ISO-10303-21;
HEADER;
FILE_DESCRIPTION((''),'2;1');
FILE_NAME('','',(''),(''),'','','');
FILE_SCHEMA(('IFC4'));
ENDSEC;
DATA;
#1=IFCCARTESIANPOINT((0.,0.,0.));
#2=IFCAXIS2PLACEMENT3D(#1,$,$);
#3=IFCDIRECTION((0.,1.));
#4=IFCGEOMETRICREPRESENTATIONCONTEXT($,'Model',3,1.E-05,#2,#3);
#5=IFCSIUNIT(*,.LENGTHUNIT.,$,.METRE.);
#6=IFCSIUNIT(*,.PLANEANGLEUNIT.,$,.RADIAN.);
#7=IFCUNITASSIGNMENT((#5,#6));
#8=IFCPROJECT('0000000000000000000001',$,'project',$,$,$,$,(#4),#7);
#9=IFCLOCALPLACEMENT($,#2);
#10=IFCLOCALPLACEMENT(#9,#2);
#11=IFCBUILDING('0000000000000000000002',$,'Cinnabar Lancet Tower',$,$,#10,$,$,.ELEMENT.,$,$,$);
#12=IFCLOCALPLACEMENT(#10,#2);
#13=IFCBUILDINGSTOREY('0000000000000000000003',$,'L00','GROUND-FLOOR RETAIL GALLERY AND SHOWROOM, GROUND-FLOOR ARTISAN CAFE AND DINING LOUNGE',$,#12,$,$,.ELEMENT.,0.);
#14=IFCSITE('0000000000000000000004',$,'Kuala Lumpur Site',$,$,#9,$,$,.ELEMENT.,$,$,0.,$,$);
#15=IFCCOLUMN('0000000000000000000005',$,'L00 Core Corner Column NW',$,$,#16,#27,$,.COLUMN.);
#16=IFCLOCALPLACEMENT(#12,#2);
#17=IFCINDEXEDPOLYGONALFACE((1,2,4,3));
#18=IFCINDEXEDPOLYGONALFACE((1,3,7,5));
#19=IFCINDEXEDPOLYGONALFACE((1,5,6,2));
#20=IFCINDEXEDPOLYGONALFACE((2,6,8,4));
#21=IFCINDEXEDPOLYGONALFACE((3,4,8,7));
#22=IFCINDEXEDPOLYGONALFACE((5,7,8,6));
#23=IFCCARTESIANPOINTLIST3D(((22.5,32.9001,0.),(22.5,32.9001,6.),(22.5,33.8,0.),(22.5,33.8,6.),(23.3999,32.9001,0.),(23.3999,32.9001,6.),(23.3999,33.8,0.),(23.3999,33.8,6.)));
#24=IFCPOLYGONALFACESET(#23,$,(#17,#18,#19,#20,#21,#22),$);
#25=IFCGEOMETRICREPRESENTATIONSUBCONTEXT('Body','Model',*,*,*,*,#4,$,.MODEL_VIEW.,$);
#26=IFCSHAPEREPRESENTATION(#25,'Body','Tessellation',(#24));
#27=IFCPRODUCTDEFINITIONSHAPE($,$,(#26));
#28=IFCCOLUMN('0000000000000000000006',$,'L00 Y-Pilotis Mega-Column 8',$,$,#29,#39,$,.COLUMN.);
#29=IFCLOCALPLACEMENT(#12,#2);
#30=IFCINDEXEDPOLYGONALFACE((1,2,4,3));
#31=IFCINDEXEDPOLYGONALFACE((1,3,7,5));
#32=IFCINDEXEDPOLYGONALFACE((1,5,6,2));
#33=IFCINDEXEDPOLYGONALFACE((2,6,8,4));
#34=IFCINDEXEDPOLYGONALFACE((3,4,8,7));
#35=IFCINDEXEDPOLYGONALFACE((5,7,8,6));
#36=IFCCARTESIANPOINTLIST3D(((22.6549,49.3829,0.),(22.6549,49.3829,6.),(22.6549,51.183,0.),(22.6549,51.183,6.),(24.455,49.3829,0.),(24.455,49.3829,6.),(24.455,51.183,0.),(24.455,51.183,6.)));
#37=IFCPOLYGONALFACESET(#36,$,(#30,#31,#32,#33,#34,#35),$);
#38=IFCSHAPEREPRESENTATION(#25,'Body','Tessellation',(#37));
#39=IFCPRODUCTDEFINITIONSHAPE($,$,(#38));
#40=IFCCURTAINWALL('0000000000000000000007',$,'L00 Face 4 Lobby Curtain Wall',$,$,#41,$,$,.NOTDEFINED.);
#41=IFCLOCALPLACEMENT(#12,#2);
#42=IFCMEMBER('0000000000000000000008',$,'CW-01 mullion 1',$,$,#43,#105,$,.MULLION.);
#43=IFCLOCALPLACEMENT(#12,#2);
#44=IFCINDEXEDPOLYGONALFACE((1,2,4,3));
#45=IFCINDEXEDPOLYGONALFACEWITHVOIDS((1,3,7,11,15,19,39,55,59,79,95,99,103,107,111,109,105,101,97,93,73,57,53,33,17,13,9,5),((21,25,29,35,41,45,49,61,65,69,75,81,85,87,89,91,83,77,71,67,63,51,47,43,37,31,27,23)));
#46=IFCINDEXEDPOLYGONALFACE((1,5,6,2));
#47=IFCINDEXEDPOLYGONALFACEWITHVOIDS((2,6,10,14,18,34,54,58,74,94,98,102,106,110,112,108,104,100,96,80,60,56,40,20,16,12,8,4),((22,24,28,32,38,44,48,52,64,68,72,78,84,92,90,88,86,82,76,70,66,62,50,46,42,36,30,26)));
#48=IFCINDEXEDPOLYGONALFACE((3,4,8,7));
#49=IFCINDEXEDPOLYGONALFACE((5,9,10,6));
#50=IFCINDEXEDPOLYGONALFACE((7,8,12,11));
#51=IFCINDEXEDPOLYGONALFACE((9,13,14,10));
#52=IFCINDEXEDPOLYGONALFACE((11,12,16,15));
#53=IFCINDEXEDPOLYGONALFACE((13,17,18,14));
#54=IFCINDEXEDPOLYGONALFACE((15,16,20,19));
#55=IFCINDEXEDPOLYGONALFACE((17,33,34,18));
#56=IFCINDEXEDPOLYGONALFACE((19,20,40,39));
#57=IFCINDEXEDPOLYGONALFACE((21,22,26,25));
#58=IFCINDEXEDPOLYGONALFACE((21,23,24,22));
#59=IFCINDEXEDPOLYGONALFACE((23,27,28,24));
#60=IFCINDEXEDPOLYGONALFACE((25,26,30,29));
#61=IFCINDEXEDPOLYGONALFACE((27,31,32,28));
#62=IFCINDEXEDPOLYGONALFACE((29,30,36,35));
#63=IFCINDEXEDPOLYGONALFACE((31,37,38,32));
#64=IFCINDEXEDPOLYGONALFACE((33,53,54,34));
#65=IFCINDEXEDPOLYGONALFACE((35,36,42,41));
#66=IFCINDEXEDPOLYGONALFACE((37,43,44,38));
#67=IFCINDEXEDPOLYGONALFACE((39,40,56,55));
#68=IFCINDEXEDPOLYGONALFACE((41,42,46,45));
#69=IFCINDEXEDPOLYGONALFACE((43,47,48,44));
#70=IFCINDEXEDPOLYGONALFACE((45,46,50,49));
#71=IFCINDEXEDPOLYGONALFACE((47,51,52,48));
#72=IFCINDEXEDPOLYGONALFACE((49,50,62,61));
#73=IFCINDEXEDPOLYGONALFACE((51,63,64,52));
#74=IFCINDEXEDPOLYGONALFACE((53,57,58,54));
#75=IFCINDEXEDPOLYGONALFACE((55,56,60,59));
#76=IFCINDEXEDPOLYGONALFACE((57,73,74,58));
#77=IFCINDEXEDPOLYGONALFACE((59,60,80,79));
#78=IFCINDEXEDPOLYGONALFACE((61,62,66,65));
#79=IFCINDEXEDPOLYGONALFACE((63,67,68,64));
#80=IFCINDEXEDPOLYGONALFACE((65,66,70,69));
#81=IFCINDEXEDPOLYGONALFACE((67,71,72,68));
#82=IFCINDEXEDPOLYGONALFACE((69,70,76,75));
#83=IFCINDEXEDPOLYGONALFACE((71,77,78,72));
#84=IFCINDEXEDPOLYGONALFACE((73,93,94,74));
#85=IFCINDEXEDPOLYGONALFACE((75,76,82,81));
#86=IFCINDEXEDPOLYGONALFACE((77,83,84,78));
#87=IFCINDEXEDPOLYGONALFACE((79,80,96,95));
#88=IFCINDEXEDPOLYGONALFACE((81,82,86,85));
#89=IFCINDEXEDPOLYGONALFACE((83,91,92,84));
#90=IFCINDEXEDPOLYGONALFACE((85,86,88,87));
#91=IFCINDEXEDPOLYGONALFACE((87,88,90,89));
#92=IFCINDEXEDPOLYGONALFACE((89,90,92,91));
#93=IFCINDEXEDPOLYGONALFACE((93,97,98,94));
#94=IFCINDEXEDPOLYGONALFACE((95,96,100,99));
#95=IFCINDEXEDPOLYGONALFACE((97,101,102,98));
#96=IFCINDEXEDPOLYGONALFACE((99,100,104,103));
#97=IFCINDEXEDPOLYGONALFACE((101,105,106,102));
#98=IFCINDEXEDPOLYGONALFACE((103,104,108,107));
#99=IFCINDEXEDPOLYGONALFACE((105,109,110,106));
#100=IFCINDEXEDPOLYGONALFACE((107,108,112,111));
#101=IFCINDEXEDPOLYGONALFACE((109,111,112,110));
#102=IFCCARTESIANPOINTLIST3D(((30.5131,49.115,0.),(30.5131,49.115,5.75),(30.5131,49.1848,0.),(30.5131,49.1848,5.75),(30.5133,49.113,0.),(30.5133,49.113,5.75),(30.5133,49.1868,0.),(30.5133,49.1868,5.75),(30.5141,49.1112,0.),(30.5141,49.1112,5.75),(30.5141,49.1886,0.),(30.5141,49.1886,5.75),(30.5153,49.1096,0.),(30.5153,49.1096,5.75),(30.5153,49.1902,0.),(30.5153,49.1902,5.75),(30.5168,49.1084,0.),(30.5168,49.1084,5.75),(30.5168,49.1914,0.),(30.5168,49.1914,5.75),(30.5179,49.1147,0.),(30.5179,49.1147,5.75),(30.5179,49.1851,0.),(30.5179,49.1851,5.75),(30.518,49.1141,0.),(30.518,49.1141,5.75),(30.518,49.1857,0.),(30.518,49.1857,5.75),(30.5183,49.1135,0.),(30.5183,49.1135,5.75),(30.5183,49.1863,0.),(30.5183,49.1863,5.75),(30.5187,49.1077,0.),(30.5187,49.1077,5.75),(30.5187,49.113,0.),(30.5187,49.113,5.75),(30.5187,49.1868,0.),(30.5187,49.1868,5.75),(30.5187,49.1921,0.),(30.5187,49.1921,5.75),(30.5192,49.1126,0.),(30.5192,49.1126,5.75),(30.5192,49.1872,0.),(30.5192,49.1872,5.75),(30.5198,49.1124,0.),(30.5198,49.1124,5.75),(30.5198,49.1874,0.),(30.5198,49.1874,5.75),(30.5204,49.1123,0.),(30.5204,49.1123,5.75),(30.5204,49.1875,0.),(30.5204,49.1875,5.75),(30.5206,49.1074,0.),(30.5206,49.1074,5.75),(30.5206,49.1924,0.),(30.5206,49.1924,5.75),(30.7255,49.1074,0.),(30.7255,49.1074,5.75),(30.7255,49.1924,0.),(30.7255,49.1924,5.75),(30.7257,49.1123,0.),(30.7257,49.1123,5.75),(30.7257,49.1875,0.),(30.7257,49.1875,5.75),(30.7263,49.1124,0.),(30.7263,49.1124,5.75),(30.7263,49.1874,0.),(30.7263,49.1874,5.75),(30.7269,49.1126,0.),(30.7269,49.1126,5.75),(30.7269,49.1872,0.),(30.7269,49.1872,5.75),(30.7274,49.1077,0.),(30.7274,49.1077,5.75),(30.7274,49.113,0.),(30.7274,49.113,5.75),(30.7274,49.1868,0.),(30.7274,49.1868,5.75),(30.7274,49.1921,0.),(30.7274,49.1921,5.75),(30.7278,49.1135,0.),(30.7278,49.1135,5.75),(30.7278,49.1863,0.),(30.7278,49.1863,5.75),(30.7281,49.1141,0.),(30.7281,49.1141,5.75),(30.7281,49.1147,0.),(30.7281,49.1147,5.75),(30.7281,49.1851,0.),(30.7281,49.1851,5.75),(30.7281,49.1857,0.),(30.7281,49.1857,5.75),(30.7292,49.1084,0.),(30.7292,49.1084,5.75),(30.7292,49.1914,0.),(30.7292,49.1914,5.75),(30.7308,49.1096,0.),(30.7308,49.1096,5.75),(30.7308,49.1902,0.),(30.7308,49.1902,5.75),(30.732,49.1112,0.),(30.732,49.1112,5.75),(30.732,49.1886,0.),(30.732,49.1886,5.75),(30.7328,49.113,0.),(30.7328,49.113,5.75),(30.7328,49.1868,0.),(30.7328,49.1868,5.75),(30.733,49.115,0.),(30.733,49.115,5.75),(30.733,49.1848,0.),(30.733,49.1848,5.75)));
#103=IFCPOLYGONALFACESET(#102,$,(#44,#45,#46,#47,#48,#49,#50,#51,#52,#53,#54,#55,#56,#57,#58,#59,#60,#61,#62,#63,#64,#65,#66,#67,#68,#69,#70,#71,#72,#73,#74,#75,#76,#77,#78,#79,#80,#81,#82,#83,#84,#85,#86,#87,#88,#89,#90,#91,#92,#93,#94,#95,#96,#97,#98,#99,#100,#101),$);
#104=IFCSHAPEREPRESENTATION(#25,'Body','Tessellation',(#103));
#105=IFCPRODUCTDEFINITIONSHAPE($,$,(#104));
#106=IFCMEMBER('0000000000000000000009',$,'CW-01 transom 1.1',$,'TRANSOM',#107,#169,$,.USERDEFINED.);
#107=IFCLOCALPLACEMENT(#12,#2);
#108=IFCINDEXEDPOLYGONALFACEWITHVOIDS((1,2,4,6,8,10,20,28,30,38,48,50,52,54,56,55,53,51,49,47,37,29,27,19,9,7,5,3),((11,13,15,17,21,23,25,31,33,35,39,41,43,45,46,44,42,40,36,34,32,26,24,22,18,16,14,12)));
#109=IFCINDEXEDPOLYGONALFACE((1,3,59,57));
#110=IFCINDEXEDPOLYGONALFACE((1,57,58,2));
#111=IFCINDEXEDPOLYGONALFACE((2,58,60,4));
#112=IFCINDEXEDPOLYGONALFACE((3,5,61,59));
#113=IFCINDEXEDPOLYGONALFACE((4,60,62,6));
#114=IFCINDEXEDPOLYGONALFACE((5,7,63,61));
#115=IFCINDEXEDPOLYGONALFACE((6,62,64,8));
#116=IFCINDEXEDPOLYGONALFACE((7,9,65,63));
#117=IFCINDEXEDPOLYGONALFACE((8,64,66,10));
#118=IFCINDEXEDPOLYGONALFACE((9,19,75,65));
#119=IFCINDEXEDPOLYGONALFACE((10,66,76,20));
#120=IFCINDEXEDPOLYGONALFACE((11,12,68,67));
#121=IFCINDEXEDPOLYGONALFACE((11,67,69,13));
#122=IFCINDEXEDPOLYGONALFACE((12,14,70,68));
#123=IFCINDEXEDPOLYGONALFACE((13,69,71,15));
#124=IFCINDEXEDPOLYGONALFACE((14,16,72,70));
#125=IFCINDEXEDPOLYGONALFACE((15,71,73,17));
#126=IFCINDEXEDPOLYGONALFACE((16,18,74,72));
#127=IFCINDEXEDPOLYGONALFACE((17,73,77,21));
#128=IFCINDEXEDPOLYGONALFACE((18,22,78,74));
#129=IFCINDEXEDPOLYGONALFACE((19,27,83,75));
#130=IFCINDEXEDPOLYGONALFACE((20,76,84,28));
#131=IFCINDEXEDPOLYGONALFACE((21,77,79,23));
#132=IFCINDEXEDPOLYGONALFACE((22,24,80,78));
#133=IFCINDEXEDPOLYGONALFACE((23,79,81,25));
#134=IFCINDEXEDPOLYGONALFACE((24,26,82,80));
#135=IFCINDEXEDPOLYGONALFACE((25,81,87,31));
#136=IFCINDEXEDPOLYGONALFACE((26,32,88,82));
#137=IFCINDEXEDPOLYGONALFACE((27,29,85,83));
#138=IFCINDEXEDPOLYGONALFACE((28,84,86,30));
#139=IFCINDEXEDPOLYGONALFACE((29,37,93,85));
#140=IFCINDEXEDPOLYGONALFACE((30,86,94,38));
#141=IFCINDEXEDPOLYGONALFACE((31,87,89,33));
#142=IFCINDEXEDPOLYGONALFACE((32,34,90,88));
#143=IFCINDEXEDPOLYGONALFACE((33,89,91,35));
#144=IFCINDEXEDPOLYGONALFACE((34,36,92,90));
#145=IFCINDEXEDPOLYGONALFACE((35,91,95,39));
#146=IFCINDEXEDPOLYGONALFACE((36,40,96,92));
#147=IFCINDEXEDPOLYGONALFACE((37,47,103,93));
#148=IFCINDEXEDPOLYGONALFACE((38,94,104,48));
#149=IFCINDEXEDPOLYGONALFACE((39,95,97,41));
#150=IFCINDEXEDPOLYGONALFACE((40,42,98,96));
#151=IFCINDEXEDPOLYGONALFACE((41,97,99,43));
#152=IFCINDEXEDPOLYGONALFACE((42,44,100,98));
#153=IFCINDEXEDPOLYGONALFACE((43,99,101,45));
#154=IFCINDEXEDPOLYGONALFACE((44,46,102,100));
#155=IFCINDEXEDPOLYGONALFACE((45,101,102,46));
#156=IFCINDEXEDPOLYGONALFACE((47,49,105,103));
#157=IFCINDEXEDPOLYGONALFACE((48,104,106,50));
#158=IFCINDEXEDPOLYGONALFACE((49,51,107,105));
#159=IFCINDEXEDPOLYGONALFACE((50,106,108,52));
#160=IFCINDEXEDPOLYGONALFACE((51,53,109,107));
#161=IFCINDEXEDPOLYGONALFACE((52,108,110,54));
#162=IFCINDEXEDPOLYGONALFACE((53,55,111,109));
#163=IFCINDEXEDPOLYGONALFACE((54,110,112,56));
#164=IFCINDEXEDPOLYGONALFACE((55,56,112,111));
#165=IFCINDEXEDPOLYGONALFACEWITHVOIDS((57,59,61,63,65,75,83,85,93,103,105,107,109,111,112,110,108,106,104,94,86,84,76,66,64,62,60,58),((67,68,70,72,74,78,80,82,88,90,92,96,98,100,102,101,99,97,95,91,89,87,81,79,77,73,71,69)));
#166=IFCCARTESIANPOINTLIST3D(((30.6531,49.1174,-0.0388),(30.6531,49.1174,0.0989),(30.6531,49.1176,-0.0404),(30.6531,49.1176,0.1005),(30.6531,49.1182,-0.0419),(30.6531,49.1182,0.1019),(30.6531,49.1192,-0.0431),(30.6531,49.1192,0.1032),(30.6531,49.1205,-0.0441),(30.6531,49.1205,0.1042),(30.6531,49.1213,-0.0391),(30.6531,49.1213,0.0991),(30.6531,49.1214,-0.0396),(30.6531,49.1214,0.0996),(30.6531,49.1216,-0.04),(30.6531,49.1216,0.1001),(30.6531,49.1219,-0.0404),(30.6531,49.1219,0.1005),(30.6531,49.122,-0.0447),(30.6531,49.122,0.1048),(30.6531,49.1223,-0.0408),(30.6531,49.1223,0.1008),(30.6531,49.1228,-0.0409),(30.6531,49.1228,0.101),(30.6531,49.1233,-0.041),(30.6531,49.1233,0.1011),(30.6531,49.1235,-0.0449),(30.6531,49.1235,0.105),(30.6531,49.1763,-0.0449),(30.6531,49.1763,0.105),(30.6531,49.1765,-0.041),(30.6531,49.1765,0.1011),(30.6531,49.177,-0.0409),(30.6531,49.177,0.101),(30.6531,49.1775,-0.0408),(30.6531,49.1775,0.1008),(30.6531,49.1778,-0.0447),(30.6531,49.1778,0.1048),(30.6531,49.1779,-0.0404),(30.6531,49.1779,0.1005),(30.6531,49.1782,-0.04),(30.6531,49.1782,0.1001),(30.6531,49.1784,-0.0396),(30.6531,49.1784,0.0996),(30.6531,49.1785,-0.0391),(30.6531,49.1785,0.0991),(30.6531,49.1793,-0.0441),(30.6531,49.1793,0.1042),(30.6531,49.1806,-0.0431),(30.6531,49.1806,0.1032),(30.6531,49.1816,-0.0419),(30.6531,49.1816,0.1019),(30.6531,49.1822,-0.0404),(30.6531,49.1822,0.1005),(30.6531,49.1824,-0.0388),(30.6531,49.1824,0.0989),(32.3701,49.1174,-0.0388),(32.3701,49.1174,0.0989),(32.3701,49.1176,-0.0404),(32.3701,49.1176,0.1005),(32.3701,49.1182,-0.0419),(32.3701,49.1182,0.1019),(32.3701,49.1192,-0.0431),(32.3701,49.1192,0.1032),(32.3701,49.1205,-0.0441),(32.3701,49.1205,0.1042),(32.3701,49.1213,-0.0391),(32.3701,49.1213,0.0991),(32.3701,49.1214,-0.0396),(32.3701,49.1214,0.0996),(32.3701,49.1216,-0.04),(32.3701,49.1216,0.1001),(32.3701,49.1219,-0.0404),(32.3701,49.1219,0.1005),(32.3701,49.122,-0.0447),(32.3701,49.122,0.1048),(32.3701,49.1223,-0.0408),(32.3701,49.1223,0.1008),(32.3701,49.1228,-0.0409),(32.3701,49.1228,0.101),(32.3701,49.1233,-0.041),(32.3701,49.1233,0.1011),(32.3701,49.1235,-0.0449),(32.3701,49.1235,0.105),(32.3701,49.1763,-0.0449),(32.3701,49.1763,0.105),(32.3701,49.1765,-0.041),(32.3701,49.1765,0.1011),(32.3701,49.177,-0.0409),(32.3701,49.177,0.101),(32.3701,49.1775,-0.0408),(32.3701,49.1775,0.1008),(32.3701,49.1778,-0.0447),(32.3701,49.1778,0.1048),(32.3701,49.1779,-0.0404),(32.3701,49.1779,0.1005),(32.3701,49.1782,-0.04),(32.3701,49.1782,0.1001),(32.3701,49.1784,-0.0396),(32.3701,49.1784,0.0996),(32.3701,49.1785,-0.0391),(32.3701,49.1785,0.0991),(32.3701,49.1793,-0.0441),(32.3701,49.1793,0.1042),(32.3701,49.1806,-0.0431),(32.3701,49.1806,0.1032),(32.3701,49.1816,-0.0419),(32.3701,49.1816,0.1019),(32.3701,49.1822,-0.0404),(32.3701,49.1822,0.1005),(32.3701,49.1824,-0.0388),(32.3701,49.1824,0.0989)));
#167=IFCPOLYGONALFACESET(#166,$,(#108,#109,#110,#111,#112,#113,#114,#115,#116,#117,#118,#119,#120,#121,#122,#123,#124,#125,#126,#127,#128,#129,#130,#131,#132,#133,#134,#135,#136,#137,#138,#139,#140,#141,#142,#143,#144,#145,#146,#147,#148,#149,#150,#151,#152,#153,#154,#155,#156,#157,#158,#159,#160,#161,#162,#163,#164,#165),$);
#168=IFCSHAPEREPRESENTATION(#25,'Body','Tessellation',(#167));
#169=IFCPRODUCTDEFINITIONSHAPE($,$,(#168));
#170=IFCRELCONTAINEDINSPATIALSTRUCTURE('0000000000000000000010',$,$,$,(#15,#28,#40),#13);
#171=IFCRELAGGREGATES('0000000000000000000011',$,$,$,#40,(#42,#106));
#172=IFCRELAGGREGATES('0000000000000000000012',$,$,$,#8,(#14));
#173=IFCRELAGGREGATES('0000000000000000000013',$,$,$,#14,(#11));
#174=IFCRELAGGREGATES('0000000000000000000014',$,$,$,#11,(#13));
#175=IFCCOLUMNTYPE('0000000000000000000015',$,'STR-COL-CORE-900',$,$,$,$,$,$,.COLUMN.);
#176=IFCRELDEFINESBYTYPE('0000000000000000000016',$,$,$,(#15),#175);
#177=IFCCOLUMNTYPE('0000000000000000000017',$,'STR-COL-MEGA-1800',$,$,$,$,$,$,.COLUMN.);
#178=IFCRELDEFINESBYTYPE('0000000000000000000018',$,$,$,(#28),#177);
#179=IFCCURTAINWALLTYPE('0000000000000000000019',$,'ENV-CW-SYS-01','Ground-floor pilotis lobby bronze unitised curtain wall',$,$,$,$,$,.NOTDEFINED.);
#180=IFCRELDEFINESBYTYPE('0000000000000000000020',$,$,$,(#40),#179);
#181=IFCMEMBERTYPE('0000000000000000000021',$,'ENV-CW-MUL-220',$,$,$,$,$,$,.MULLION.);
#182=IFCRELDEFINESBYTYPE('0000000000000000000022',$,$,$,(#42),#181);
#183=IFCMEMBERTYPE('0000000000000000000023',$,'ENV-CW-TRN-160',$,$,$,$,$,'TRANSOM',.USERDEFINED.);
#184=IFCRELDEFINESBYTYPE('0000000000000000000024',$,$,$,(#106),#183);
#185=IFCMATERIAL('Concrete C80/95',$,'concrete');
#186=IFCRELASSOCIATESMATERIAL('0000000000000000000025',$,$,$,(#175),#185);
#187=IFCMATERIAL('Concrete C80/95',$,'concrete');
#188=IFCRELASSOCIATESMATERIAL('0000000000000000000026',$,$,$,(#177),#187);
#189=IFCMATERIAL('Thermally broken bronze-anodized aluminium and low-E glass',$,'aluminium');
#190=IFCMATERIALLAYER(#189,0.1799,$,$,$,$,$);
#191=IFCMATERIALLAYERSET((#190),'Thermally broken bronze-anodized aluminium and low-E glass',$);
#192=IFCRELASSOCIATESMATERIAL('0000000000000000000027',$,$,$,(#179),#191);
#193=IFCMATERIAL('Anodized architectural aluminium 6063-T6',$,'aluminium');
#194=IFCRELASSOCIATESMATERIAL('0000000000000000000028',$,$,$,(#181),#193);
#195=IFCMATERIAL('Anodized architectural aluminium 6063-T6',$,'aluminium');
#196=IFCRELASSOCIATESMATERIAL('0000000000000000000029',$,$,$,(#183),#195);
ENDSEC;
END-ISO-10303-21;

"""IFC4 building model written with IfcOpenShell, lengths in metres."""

from ifc_helpers import new_model, si_unit, direction, frame, origin, origin_2d, place, context, subcontext, project, spatial, rectangle, hollow_rectangle, extrude, material, layer, layer_set, material_profile, profile_set, type_object, element, aggregate, save


model = new_model("IFC4")

# Units and contexts
model_context = context("Model", 3, precision=1e-05, world=origin(), true_north=direction((0.0, 1.0)))
body_context = subcontext(model_context, "Body", "Model", "MODEL_VIEW")
ifc_project = project(units=[si_unit("LENGTHUNIT", "METRE"), si_unit("PLANEANGLEUNIT", "RADIAN")], contexts=[model_context])

# Site, building, storey
site_placement = place(None, origin())
site = spatial("IfcSite", under=ifc_project, at=site_placement, Name="Kuala Lumpur Site", CompositionType="ELEMENT", RefElevation=0.0)
building_placement = place(site_placement, origin())
building = spatial("IfcBuilding", under=site, at=building_placement, Name="Cinnabar Lancet Tower", CompositionType="ELEMENT")
storey_placement = place(building_placement, origin())
storey = spatial("IfcBuildingStorey", under=building, at=storey_placement, Name="L00", Description="GROUND-FLOOR RETAIL GALLERY AND SHOWROOM, GROUND-FLOOR ARTISAN CAFE AND DINING LOUNGE", CompositionType="ELEMENT", Elevation=0.0)

# Columns
ifc_material_1 = material(Name="Concrete C80/95", Category="concrete")
ifc_material_profile_1 = material_profile(ifc_material_1, rectangle(XDim=0.8999, YDim=0.8999, at=origin_2d()), Name="RC-COL 900x900")
ifc_profile_set_1 = profile_set([ifc_material_profile_1], Name="Concrete C80/95")
column_type_1 = type_object("IfcColumnType", Name="STR-COL-CORE-900", PredefinedType="COLUMN", material=ifc_profile_set_1)
column_1_placement = place(storey_placement, frame((22.95, 33.3501, 0.0), z_axis=(0.0, 0.0, 1.0), x_axis=(1.0, 0.0, 0.0)))
element("IfcColumn", 1, at=column_1_placement, inside=storey, type_object=column_type_1, Name="L00 Core Corner Column NW", PredefinedType="COLUMN", context=body_context, shape_type="SweptSolid", body=[
    extrude(rectangle(XDim=0.8999, YDim=0.8999, at=origin_2d()), origin(), (0.0, 0.0, 1.0), 6.0),
])
ifc_material_2 = material(Name="Concrete C80/95", Category="concrete")
ifc_material_profile_2 = material_profile(ifc_material_2, rectangle(XDim=1.8, YDim=1.8, at=origin_2d()), Name="RC-MEGA 1800x1800")
ifc_profile_set_2 = profile_set([ifc_material_profile_2], Name="Concrete C80/95")
column_type_2 = type_object("IfcColumnType", Name="STR-COL-MEGA-1800", PredefinedType="COLUMN", material=ifc_profile_set_2)
column_2_placement = place(storey_placement, frame((23.5549, 50.283, 0.0), z_axis=(0.0, 0.0, 1.0), x_axis=(1.0, 0.0, 0.0)))
element("IfcColumn", 2, at=column_2_placement, inside=storey, type_object=column_type_2, Name="L00 Y-Pilotis Mega-Column 8", PredefinedType="COLUMN", context=body_context, shape_type="SweptSolid", body=[
    extrude(rectangle(XDim=1.8, YDim=1.8, at=origin_2d()), origin(), (0.0, 0.0, 1.0), 6.0),
])

# Curtain wall, members
ifc_material_3 = material(Name="Thermally broken bronze-anodized aluminium and low-E glass", Category="aluminium")
ifc_layer_1 = layer(ifc_material_3, 0.1799)
ifc_layer_set_1 = layer_set([ifc_layer_1], Name="Thermally broken bronze-anodized aluminium and low-E glass")
curtain_wall_type = type_object("IfcCurtainWallType", Name="ENV-CW-SYS-01", Description="Ground-floor pilotis lobby bronze unitised curtain wall", PredefinedType="NOTDEFINED", material=ifc_layer_set_1)
curtain_wall_placement = place(storey_placement, origin())
curtain_wall = element("IfcCurtainWall", 3, at=curtain_wall_placement, inside=storey, type_object=curtain_wall_type, Name="L00 Face 4 Lobby Curtain Wall", PredefinedType="NOTDEFINED")
ifc_material_4 = material(Name="Anodized architectural aluminium 6063-T6", Category="aluminium")
ifc_material_profile_3 = material_profile(ifc_material_4, hollow_rectangle(XDim=0.085, YDim=0.22, WallThickness=0.0049, InnerFilletRadius=0.0024, OuterFilletRadius=0.0076, at=origin_2d()), Name="CW-MUL 220x85x5")
ifc_profile_set_3 = profile_set([ifc_material_profile_3], Name="Anodized architectural aluminium 6063-T6")
member_type_1 = type_object("IfcMemberType", Name="ENV-CW-MUL-220", PredefinedType="MULLION", material=ifc_profile_set_3)
member_1_placement = place(storey_placement, frame((30.623, 49.1499, 0.0), z_axis=(0.0, 0.0, 1.0), x_axis=(0.0, 1.0, 0.0)))
member_1 = element("IfcMember", 4, at=member_1_placement, type_object=member_type_1, Name="CW-01 mullion 1", PredefinedType="MULLION", context=body_context, shape_type="SweptSolid", body=[
    extrude(hollow_rectangle(XDim=0.085, YDim=0.22, WallThickness=0.0049, InnerFilletRadius=0.0024, OuterFilletRadius=0.0076, at=origin_2d()), origin(), (0.0, 0.0, 1.0), 5.75),
])
ifc_material_5 = material(Name="Anodized architectural aluminium 6063-T6", Category="aluminium")
ifc_material_profile_4 = material_profile(ifc_material_5, hollow_rectangle(XDim=0.0649, YDim=0.1499, WallThickness=0.0039, InnerFilletRadius=0.002, OuterFilletRadius=0.0061, at=origin_2d()), Name="CW-TRN 150x65x4")
ifc_profile_set_4 = profile_set([ifc_material_profile_4], Name="Anodized architectural aluminium 6063-T6")
member_type_2 = type_object("IfcMemberType", Name="ENV-CW-TRN-160", ElementType="TRANSOM", PredefinedType="USERDEFINED", material=ifc_profile_set_4)
member_2_placement = place(storey_placement, frame((30.6531, 49.1499, 0.03), z_axis=(1.0, 0.0, 0.0), x_axis=(0.0, 1.0, 0.0)))
member_2 = element("IfcMember", 5, at=member_2_placement, type_object=member_type_2, Name="CW-01 transom 1.1", ObjectType="TRANSOM", PredefinedType="USERDEFINED", context=body_context, shape_type="SweptSolid", body=[
    extrude(hollow_rectangle(XDim=0.0649, YDim=0.1499, WallThickness=0.0039, InnerFilletRadius=0.002, OuterFilletRadius=0.0061, at=origin_2d()), origin(), (0.0, 0.0, 1.0), 1.717),
])
aggregate(curtain_wall, [member_1, member_2])

save(model, "model.ifc")
